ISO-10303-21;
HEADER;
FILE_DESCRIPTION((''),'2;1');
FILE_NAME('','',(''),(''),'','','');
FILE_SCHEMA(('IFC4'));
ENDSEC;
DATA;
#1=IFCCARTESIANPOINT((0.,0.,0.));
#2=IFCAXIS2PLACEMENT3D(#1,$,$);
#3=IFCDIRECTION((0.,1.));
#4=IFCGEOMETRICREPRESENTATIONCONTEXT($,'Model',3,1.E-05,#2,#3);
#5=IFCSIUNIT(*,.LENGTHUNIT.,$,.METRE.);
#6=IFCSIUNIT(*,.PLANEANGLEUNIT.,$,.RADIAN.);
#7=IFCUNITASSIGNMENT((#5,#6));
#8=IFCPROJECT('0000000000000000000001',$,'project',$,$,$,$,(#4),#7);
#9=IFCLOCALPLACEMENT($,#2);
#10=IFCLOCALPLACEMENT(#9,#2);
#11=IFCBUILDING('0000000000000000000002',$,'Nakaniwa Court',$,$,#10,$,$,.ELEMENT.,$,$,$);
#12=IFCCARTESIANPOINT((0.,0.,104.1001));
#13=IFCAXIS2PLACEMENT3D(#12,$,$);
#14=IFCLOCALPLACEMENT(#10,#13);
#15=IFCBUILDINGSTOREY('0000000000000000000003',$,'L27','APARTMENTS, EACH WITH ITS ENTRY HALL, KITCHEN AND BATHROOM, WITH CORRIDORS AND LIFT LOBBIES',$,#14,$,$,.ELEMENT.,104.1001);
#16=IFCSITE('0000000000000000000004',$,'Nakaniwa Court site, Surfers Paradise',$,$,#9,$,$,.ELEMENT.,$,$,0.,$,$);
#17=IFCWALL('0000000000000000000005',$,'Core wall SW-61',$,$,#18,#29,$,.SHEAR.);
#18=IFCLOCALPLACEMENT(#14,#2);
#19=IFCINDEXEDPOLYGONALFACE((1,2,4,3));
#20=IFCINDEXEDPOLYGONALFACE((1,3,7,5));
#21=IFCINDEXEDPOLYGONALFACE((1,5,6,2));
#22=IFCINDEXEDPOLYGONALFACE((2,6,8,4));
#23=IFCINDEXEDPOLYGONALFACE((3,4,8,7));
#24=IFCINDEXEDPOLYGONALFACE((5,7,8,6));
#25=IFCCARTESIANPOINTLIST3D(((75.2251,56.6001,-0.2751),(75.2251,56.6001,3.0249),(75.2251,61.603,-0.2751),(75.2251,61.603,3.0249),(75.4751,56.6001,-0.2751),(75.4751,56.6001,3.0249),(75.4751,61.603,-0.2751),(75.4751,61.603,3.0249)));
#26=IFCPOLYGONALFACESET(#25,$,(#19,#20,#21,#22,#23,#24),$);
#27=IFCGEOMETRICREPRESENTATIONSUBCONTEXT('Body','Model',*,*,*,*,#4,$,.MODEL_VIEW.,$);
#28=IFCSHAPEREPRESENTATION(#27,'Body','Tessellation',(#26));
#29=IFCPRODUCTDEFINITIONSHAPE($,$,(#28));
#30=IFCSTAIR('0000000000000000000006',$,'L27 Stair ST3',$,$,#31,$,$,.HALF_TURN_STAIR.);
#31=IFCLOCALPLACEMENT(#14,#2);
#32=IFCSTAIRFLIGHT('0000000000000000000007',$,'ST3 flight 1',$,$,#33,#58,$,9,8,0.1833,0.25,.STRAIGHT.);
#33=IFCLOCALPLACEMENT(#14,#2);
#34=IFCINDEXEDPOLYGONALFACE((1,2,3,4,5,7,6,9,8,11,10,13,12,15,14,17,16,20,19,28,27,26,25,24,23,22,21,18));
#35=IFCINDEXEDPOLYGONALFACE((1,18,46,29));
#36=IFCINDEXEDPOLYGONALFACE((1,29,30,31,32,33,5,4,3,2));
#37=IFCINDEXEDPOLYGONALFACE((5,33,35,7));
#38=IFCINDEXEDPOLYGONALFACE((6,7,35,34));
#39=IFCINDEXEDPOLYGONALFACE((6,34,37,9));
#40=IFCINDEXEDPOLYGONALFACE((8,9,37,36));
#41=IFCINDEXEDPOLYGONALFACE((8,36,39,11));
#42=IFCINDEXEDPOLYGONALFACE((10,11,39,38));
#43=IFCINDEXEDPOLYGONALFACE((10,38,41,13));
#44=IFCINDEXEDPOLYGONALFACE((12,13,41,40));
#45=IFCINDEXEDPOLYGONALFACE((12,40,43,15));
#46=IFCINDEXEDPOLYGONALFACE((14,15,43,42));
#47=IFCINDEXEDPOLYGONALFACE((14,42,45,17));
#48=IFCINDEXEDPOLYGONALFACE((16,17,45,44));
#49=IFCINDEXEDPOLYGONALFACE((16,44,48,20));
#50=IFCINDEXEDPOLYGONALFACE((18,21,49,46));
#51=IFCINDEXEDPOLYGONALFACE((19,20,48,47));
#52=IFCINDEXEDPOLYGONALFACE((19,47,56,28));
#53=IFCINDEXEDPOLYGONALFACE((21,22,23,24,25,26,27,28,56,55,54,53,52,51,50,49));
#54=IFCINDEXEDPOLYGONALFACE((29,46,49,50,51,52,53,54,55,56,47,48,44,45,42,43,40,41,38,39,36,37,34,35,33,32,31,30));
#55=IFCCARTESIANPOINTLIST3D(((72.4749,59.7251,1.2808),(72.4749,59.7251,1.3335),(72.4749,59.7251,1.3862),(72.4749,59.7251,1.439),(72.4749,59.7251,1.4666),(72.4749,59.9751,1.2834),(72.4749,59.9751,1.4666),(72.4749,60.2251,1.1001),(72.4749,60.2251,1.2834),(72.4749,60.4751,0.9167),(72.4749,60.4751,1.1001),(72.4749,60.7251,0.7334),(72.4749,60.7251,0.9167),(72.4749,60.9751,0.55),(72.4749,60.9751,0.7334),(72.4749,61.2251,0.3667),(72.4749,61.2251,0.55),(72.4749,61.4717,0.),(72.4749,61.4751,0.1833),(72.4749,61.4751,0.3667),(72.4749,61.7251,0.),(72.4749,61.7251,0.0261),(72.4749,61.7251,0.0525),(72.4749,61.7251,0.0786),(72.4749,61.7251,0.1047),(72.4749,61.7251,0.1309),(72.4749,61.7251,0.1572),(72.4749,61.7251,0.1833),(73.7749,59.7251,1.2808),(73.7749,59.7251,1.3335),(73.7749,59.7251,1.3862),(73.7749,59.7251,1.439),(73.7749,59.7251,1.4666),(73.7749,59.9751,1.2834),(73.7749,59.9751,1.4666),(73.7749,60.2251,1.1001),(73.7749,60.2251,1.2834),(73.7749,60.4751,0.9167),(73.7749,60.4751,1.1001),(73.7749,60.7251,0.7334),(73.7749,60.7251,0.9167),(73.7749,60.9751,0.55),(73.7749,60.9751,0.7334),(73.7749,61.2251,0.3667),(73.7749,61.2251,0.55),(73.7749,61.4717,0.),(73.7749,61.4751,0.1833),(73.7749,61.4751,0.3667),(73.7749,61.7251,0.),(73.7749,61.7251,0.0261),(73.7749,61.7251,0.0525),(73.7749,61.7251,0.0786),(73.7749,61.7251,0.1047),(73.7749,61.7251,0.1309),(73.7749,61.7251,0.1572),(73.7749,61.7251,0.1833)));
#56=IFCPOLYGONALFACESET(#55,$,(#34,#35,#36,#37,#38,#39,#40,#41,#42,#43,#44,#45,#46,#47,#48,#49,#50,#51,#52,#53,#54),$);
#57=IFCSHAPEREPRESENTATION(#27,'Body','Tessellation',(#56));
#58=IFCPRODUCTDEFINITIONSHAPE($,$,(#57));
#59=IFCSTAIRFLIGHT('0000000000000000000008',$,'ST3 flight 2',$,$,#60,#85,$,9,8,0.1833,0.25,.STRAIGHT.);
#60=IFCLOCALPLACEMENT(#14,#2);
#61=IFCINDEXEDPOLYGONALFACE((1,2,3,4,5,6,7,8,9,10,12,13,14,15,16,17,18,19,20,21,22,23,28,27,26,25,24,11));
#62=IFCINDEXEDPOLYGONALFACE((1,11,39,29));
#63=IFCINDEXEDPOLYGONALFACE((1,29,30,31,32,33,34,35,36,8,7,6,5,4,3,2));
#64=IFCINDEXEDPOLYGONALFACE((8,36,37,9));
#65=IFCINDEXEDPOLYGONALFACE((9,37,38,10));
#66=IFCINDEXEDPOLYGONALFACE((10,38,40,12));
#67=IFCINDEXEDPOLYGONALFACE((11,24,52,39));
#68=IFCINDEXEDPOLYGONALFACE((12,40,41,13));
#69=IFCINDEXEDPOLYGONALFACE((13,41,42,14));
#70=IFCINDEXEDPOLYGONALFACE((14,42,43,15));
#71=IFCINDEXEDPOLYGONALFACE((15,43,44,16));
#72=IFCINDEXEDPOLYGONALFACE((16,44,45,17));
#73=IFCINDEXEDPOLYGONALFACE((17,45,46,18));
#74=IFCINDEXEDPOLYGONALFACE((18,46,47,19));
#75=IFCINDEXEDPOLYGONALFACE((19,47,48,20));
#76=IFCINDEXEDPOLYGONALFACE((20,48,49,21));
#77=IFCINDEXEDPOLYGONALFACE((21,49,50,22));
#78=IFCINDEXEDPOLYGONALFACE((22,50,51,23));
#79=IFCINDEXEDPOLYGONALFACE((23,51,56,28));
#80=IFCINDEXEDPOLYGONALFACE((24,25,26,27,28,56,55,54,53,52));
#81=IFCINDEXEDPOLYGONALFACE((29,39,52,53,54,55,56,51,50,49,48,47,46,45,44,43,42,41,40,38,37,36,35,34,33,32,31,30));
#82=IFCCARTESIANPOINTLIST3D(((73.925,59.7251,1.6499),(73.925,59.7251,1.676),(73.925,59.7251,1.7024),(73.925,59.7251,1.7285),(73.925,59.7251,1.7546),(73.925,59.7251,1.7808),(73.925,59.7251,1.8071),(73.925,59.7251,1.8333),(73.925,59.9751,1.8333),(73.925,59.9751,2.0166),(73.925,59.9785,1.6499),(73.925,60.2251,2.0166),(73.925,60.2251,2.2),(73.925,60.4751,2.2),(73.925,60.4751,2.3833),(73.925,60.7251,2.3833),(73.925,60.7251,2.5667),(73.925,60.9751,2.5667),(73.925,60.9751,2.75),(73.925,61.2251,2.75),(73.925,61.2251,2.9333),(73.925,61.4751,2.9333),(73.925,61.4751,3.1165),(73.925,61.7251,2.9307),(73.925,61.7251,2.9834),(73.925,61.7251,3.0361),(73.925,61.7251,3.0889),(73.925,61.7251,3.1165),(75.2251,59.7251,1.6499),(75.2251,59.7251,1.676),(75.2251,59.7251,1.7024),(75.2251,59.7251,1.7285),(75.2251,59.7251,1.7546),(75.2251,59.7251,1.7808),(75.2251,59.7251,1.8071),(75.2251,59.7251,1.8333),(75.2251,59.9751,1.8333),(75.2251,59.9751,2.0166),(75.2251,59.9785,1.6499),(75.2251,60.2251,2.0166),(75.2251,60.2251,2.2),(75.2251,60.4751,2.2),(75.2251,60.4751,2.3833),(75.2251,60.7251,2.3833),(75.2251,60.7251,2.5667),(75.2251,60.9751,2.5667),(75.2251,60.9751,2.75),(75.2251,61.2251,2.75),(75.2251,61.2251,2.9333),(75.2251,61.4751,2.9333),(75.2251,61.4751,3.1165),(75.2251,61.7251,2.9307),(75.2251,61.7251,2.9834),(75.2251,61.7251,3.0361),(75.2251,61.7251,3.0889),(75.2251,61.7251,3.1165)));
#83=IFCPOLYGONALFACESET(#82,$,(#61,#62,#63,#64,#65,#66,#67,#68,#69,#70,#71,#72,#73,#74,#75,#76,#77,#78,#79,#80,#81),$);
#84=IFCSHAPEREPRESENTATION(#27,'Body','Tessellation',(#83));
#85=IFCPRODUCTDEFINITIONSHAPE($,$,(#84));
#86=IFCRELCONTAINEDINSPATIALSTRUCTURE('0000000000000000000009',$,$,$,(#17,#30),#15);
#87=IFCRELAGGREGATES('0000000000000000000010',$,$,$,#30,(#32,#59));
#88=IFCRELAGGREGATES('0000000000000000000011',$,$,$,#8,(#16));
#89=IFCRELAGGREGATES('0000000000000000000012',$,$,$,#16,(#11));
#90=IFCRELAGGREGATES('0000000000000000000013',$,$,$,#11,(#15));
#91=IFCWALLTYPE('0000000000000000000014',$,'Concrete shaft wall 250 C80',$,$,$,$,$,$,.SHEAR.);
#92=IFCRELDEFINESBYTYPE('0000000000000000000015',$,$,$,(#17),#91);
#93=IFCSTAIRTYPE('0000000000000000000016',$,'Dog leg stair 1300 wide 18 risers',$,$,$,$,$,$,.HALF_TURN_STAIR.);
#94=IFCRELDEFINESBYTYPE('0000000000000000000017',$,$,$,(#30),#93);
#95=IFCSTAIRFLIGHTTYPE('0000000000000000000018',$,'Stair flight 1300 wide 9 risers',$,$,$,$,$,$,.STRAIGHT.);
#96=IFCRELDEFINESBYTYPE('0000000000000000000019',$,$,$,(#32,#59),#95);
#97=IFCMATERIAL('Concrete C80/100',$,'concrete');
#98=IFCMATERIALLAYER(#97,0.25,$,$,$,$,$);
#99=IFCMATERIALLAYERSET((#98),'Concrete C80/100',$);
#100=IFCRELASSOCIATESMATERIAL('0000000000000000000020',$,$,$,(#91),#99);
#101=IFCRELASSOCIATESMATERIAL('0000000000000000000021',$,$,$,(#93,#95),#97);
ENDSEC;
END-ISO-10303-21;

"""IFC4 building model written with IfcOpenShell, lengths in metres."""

from ifc_helpers import new_model, si_unit, direction, frame, frame_2d, origin, place, context, subcontext, project, spatial, polyline, rectangle, outline, extrude, material, layer, layer_set, type_object, element, aggregate, save


model = new_model("IFC4")

# Units and contexts
model_context = context("Model", 3, precision=1e-05, world=origin(), true_north=direction((0.0, 1.0)))
body_context = subcontext(model_context, "Body", "Model", "MODEL_VIEW")
ifc_project = project(units=[si_unit("LENGTHUNIT", "METRE"), si_unit("PLANEANGLEUNIT", "RADIAN")], contexts=[model_context])

# Site, building, storey
site_placement = place(None, origin())
site = spatial("IfcSite", under=ifc_project, at=site_placement, Name="Nakaniwa Court site, Surfers Paradise", CompositionType="ELEMENT", RefElevation=0.0)
building_placement = place(site_placement, origin())
building = spatial("IfcBuilding", under=site, at=building_placement, Name="Nakaniwa Court", CompositionType="ELEMENT")
storey_placement = place(building_placement, frame((0.0, 0.0, 104.1001)))
storey = spatial("IfcBuildingStorey", under=building, at=storey_placement, Name="L27", Description="APARTMENTS, EACH WITH ITS ENTRY HALL, KITCHEN AND BATHROOM, WITH CORRIDORS AND LIFT LOBBIES", CompositionType="ELEMENT", Elevation=104.1001)

# Shared definitions
ifc_material_1 = material(Name="Concrete C80/100", Category="concrete")

# Wall
ifc_layer_1 = layer(ifc_material_1, 0.25)
ifc_layer_set_1 = layer_set([ifc_layer_1], Name="Concrete C80/100")
wall_type_1 = type_object("IfcWallType", Name="Concrete shaft wall 250 C80", PredefinedType="SHEAR", material=ifc_layer_set_1)
wall_1_placement = place(storey_placement, frame((75.3501, 56.6001, -0.2751), z_axis=(0.0, 0.0, 1.0), x_axis=(0.0, 1.0, 0.0)))
element("IfcWall", 1, at=wall_1_placement, inside=storey, type_object=wall_type_1, Name="Core wall SW-61", PredefinedType="SHEAR", context=body_context, shape_type="SweptSolid", body=[
    extrude(rectangle(XDim=5.0029, YDim=0.25, at=frame_2d((2.5015, 0.0))), origin(), (0.0, 0.0, 1.0), 3.3),
])

# Stair, stair flights
stair_type = type_object("IfcStairType", Name="Dog leg stair 1300 wide 18 risers", PredefinedType="HALF_TURN_STAIR", material=ifc_material_1)
stair_placement = place(storey_placement, origin())
stair = element("IfcStair", 2, at=stair_placement, inside=storey, type_object=stair_type, Name="L27 Stair ST3", PredefinedType="HALF_TURN_STAIR")
stair_flight_type = type_object("IfcStairFlightType", Name="Stair flight 1300 wide 9 risers", PredefinedType="STRAIGHT", material=ifc_material_1)
stair_flight_1_placement = place(storey_placement, frame((73.125, 61.7251, 0.0), z_axis=(0.0, 0.0, 1.0), x_axis=(0.0, -1.0, 0.0)))
stair_flight_1 = element("IfcStairFlight", 3, at=stair_flight_1_placement, type_object=stair_flight_type, Name="ST3 flight 1", NumberOfRisers=9, NumberOfTreads=8, PredefinedType="STRAIGHT", RiserHeight=0.1833, TreadLength=0.25, context=body_context, shape_type="SweptSolid", body=[
    extrude(outline(polyline([(0.0, 0.0), (0.0, 0.0261), (0.0, 0.0525), (0.0, 0.0786), (0.0, 0.1047), (0.0, 0.1309), (0.0, 0.1572), (0.0, 0.1833), (0.25, 0.1833), (0.25, 0.3667), (0.5, 0.3667), (0.5, 0.55), (0.75, 0.55), (0.75, 0.7334), (1.0, 0.7334), (1.0, 0.9167), (1.25, 0.9167), (1.25, 1.1001), (1.5, 1.1001), (1.5, 1.2834), (1.75, 1.2834), (1.75, 1.4666), (2.0, 1.4666), (2.0, 1.6499), (2.0, 1.5972), (2.0, 1.5444), (2.0, 1.4917), (2.0, 1.439), (2.0, 1.3862), (2.0, 1.3335), (2.0, 1.2808), (0.2534, 0.0), (0.0, 0.0)])), frame((0.0, 0.6499, 0.0), z_axis=(0.0, -1.0, 0.0), x_axis=(1.0, 0.0, 0.0)), (0.0, 0.0, 1.0), 1.3),
])
stair_flight_2_placement = place(storey_placement, frame((74.575, 59.7251, 1.6499), z_axis=(0.0, 0.0, 1.0), x_axis=(0.0, 1.0, 0.0)))
stair_flight_2 = element("IfcStairFlight", 4, at=stair_flight_2_placement, type_object=stair_flight_type, Name="ST3 flight 2", NumberOfRisers=9, NumberOfTreads=8, PredefinedType="STRAIGHT", RiserHeight=0.1833, TreadLength=0.25, context=body_context, shape_type="SweptSolid", body=[
    extrude(outline(polyline([(0.0, 0.0), (0.0, 0.0261), (0.0, 0.0525), (0.0, 0.0786), (0.0, 0.1047), (0.0, 0.1309), (0.0, 0.1572), (0.0, 0.1833), (0.25, 0.1833), (0.25, 0.3667), (0.5, 0.3667), (0.5, 0.55), (0.75, 0.55), (0.75, 0.7334), (1.0, 0.7334), (1.0, 0.9167), (1.25, 0.9167), (1.25, 1.1001), (1.5, 1.1001), (1.5, 1.2834), (1.75, 1.2834), (1.75, 1.4666), (2.0, 1.4666), (2.0, 1.6499), (2.0, 1.5972), (2.0, 1.5444), (2.0, 1.4917), (2.0, 1.439), (2.0, 1.3862), (2.0, 1.3335), (2.0, 1.2808), (0.2534, 0.0), (0.0, 0.0)])), frame((0.0, 0.6499, 0.0), z_axis=(0.0, -1.0, 0.0), x_axis=(1.0, 0.0, 0.0)), (0.0, 0.0, 1.0), 1.3),
])
aggregate(stair, [stair_flight_1, stair_flight_2])

save(model, "model.ifc")
